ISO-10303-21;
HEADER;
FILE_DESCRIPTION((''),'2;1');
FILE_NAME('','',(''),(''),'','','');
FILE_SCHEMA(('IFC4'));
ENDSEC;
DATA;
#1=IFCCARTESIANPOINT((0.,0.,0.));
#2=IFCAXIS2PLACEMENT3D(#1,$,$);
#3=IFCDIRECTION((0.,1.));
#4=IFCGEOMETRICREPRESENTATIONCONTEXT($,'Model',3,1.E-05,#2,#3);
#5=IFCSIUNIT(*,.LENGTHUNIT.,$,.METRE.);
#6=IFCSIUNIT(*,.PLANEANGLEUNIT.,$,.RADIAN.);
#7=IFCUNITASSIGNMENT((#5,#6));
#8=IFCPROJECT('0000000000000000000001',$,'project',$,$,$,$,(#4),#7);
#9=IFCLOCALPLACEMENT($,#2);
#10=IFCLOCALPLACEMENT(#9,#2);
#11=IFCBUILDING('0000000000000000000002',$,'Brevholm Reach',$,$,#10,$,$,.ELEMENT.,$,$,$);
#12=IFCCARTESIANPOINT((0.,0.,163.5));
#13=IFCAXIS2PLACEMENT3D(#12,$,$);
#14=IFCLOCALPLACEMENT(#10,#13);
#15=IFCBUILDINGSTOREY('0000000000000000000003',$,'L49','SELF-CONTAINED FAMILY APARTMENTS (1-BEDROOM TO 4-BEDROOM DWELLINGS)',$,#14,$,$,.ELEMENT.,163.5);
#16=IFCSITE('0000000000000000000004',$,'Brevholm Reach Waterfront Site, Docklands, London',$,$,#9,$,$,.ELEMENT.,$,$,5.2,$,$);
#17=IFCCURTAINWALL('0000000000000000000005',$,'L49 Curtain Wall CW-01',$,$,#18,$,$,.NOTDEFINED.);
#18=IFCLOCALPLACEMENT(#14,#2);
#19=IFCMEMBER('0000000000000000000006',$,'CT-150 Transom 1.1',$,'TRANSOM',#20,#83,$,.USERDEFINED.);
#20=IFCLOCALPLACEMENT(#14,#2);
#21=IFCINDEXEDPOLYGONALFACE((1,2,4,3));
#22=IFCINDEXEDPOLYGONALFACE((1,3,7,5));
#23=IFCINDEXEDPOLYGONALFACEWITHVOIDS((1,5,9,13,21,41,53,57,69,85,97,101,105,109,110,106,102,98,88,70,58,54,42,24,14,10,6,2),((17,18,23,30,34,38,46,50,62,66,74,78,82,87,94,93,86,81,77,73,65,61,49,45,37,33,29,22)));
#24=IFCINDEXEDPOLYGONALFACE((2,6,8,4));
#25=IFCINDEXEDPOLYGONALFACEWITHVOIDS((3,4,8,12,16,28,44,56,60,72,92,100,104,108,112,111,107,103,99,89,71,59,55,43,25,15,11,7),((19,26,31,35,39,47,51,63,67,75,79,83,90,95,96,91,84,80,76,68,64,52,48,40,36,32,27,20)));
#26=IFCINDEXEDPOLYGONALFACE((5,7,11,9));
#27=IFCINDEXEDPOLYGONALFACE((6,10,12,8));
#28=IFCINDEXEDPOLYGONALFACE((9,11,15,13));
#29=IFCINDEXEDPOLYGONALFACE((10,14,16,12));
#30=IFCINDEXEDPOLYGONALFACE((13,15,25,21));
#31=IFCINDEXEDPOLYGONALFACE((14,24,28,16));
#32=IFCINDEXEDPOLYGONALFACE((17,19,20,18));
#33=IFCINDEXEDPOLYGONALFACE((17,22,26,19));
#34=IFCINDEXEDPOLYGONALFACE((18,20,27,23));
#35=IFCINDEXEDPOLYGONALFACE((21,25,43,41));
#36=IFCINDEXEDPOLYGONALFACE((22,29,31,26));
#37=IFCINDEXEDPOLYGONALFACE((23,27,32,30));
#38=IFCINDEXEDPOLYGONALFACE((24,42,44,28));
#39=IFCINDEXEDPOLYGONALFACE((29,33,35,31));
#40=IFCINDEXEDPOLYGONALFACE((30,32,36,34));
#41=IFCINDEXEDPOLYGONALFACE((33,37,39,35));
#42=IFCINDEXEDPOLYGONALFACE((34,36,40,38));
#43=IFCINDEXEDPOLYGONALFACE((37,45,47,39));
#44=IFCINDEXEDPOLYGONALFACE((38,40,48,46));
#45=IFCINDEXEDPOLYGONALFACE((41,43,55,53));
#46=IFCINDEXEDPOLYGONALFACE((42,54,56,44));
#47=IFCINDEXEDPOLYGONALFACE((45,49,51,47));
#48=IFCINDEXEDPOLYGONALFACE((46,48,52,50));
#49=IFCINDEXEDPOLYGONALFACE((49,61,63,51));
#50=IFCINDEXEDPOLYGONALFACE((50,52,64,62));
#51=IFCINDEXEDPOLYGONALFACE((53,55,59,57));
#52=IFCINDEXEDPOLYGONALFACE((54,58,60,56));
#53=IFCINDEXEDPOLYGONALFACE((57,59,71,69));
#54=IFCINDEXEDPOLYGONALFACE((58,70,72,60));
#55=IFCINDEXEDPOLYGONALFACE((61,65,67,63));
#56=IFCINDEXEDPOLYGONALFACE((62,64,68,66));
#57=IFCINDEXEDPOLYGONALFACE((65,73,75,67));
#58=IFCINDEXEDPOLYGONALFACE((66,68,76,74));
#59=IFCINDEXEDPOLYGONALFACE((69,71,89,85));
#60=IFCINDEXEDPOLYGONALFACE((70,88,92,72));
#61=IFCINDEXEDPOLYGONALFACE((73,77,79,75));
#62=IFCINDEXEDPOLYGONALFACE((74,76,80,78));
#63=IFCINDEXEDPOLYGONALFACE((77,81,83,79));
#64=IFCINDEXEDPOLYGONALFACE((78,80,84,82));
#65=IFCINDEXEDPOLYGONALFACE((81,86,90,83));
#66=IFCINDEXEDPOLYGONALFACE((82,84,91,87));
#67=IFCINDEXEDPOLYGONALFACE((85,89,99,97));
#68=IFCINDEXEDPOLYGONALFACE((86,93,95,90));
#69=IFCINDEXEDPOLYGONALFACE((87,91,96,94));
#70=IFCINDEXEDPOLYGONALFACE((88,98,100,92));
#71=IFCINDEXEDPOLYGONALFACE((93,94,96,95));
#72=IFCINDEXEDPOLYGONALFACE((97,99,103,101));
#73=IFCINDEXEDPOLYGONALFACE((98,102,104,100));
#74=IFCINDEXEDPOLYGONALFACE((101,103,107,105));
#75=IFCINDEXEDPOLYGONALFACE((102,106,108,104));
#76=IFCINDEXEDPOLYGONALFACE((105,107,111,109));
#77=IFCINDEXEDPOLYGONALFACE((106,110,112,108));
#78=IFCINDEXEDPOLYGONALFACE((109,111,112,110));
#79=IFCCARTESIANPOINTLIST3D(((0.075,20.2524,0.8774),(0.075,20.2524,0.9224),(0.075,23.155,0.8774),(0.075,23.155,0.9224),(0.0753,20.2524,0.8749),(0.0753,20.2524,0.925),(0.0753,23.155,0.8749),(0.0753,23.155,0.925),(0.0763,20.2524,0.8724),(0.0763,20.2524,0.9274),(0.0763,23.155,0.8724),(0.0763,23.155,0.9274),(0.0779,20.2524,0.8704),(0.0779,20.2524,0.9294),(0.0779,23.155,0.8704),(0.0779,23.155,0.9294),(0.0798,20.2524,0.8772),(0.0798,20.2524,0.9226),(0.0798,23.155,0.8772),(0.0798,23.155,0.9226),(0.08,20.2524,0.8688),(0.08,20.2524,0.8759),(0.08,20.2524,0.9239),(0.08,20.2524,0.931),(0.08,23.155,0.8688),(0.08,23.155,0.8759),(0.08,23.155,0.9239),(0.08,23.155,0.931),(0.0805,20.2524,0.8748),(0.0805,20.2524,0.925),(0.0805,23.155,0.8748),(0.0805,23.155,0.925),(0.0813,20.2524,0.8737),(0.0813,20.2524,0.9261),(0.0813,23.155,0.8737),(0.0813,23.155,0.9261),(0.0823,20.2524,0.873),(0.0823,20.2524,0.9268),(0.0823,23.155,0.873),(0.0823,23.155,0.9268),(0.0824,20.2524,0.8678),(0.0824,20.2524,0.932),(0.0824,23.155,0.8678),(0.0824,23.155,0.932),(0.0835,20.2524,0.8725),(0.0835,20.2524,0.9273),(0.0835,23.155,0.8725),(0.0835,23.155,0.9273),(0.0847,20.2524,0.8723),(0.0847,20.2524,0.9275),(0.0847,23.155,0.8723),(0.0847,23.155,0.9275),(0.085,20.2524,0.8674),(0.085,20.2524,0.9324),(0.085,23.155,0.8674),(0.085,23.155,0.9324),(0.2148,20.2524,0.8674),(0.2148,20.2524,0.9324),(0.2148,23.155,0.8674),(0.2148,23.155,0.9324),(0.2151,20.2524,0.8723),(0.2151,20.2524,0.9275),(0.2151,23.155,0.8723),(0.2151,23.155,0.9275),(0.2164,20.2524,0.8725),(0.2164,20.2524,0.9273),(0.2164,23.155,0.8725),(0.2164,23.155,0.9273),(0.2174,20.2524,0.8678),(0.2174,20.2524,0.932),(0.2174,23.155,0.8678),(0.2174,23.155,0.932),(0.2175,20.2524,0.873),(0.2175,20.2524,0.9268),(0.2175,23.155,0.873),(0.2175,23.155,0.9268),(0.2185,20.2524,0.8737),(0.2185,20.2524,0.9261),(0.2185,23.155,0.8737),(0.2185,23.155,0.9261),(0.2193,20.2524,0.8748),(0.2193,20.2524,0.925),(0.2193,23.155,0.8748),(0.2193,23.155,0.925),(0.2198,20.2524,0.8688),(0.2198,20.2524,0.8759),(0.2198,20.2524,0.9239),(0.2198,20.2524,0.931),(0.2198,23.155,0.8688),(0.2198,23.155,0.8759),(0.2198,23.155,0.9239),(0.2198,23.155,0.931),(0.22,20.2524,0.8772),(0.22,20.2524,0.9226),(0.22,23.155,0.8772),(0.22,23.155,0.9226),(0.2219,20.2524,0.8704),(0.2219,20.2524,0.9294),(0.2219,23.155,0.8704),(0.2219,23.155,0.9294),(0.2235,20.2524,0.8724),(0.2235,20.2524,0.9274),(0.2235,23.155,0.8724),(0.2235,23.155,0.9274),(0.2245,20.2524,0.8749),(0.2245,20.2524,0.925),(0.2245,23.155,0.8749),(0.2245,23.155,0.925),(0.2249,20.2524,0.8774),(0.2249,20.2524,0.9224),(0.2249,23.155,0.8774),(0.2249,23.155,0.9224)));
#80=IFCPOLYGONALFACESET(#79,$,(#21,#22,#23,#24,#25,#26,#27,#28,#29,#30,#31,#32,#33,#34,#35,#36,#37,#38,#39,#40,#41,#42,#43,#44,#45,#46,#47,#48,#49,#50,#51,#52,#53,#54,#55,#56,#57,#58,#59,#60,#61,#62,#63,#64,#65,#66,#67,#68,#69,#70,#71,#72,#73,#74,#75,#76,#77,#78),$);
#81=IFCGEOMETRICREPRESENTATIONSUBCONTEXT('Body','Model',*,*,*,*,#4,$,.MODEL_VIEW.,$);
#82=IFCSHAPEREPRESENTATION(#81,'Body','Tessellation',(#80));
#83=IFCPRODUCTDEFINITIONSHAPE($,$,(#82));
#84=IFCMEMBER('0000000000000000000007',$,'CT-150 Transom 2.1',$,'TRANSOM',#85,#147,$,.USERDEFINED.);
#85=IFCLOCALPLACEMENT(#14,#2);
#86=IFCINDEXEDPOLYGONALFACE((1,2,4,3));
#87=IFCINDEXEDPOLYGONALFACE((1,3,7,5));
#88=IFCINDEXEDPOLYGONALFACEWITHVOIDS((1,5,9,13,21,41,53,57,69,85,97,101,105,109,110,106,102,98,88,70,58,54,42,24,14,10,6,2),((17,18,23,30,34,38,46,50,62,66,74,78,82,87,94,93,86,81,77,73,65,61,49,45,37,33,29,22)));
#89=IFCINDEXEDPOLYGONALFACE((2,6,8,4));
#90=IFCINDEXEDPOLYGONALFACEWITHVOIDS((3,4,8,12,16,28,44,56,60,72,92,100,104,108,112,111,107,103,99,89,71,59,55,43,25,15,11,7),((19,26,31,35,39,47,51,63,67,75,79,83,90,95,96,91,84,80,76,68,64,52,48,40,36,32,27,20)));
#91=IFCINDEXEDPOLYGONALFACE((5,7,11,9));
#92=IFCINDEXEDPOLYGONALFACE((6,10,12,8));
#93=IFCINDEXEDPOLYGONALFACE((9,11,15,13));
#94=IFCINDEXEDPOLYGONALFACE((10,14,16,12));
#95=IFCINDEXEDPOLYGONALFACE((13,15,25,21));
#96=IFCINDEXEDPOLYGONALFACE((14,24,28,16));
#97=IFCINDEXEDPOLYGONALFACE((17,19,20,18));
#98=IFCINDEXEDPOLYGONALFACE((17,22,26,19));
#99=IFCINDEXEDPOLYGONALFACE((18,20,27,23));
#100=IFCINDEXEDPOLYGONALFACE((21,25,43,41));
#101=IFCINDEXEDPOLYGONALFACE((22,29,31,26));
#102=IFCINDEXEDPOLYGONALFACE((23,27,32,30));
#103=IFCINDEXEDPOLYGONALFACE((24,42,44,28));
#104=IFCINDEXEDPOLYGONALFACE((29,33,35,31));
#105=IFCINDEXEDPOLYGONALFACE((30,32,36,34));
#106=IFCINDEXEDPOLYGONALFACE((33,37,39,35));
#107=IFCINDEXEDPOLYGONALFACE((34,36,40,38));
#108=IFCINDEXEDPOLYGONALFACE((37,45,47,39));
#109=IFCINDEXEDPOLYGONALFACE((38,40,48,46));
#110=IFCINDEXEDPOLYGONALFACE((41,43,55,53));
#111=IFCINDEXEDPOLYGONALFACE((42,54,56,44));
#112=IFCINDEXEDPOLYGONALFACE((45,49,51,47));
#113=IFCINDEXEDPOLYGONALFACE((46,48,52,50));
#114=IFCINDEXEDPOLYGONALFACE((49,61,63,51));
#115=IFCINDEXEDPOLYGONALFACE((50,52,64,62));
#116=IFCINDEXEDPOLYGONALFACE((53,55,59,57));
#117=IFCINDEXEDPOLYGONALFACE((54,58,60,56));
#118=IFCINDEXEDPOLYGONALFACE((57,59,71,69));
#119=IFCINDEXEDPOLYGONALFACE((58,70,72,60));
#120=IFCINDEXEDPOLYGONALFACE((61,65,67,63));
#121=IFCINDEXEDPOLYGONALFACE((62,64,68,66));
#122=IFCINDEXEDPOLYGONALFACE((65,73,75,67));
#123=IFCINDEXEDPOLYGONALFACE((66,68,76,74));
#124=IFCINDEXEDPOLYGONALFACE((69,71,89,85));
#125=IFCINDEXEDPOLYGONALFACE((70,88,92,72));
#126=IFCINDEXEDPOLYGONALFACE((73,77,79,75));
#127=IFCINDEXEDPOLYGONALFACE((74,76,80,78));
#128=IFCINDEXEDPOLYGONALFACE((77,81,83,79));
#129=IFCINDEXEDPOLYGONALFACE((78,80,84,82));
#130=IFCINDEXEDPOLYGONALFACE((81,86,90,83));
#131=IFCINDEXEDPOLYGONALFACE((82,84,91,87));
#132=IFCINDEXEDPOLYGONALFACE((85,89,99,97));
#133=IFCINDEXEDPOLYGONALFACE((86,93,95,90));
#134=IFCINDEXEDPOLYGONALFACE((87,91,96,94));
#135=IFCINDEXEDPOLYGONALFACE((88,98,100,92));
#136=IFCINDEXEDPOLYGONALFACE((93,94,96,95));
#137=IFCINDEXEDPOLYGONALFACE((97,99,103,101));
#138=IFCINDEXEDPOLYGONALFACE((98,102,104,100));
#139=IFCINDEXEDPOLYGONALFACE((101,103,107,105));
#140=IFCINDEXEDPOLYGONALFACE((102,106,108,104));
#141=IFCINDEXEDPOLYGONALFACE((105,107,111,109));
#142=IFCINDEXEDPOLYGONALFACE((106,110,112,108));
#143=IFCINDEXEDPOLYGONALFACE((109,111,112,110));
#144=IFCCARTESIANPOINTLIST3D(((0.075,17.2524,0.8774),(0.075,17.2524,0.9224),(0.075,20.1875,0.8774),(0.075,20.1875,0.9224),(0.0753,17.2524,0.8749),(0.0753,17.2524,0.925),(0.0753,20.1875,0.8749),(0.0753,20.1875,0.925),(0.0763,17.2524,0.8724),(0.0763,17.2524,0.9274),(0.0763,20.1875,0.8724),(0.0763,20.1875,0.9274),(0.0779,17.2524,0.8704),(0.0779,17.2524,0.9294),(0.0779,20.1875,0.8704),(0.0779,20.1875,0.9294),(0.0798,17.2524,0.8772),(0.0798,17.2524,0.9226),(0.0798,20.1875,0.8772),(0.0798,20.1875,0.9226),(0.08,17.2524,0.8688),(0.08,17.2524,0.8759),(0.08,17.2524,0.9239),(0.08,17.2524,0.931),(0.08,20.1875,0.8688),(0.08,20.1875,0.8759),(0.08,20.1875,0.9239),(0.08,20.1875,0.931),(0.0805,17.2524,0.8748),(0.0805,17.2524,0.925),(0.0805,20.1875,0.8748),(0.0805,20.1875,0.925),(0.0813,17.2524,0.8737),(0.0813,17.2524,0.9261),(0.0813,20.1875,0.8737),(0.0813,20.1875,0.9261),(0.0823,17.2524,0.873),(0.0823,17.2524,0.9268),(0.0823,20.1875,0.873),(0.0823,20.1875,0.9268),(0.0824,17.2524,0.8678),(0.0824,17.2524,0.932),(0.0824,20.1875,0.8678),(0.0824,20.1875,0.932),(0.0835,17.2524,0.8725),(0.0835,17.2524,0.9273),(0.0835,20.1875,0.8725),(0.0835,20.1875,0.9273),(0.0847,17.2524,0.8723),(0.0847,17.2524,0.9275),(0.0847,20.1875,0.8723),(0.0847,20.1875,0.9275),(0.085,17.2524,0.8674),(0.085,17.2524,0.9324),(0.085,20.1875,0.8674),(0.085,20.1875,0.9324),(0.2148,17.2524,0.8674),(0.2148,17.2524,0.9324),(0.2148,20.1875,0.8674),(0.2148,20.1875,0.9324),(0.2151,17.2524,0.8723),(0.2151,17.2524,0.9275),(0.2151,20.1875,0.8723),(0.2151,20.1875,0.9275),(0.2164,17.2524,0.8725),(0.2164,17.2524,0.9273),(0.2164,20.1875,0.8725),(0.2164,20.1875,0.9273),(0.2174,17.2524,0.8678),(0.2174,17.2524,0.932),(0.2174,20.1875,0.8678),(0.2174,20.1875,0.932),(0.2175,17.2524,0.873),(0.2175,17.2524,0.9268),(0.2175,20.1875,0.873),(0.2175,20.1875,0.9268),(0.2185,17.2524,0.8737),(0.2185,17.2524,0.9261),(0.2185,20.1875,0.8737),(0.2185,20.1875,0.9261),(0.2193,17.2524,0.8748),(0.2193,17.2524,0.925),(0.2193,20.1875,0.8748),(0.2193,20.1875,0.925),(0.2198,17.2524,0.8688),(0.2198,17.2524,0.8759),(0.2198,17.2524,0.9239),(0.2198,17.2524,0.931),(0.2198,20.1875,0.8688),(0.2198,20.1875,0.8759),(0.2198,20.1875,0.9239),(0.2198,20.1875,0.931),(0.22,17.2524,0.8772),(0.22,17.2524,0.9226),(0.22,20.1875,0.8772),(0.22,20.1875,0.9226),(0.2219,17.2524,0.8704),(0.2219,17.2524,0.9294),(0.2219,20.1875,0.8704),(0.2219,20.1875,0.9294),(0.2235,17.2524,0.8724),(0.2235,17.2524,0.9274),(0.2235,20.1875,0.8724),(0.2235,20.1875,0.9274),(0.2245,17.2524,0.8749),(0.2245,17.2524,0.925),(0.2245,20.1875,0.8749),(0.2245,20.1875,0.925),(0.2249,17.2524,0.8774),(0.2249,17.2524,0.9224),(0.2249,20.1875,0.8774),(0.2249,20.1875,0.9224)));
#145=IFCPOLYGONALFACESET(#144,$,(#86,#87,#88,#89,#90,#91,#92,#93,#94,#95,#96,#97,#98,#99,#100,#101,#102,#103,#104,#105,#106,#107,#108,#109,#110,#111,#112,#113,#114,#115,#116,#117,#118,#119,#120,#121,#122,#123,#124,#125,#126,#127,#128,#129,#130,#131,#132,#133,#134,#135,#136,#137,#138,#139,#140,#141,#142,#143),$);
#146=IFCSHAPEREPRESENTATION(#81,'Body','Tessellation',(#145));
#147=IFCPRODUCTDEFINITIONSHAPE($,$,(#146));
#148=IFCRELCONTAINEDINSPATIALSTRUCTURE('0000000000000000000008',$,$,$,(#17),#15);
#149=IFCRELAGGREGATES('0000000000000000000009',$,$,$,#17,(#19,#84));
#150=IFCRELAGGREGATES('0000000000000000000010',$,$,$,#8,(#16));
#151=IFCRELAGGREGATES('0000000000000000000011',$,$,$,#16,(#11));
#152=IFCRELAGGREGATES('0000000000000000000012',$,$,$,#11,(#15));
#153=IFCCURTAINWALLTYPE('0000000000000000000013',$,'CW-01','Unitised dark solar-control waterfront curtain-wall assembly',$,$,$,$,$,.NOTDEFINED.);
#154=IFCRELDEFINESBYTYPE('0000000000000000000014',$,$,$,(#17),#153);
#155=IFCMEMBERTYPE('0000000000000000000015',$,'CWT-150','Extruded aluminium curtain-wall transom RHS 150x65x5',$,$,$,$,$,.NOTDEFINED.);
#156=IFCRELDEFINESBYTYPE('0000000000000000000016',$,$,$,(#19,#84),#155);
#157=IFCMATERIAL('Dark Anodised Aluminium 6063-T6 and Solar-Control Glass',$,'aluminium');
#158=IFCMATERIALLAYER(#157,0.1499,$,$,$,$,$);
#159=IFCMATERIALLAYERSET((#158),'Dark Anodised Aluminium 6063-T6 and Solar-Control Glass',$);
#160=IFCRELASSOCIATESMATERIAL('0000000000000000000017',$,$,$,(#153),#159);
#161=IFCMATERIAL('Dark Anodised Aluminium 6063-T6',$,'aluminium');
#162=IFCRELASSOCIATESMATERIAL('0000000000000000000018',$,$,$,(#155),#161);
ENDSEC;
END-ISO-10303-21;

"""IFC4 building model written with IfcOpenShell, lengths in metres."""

from ifc_helpers import new_model, si_unit, direction, frame, origin, origin_2d, place, context, subcontext, project, spatial, hollow_rectangle, extrude, material, layer, layer_set, material_profile, profile_set, type_object, element, aggregate, save


model = new_model("IFC4")

# Units and contexts
model_context = context("Model", 3, precision=1e-05, world=origin(), true_north=direction((0.0, 1.0)))
body_context = subcontext(model_context, "Body", "Model", "MODEL_VIEW")
ifc_project = project(units=[si_unit("LENGTHUNIT", "METRE"), si_unit("PLANEANGLEUNIT", "RADIAN")], contexts=[model_context])

# Site, building, storey
site_placement = place(None, origin())
site = spatial("IfcSite", under=ifc_project, at=site_placement, Name="Brevholm Reach Waterfront Site, Docklands, London", CompositionType="ELEMENT", RefElevation=5.2)
building_placement = place(site_placement, origin())
building = spatial("IfcBuilding", under=site, at=building_placement, Name="Brevholm Reach", CompositionType="ELEMENT")
storey_placement = place(building_placement, frame((0.0, 0.0, 163.5)))
storey = spatial("IfcBuildingStorey", under=building, at=storey_placement, Name="L49", Description="SELF-CONTAINED FAMILY APARTMENTS (1-BEDROOM TO 4-BEDROOM DWELLINGS)", CompositionType="ELEMENT", Elevation=163.5)

# Curtain wall, members
ifc_material_1 = material(Name="Dark Anodised Aluminium 6063-T6 and Solar-Control Glass", Category="aluminium")
ifc_layer_1 = layer(ifc_material_1, 0.1499)
ifc_layer_set_1 = layer_set([ifc_layer_1], Name="Dark Anodised Aluminium 6063-T6 and Solar-Control Glass")
curtain_wall_type = type_object("IfcCurtainWallType", Name="CW-01", Description="Unitised dark solar-control waterfront curtain-wall assembly", PredefinedType="NOTDEFINED", material=ifc_layer_set_1)
curtain_wall_placement = place(storey_placement, origin())
curtain_wall = element("IfcCurtainWall", 1, at=curtain_wall_placement, inside=storey, type_object=curtain_wall_type, Name="L49 Curtain Wall CW-01", PredefinedType="NOTDEFINED")
ifc_material_2 = material(Name="Dark Anodised Aluminium 6063-T6", Category="aluminium")
ifc_material_profile_1 = material_profile(ifc_material_2, hollow_rectangle(XDim=0.0649, YDim=0.1499, WallThickness=0.0049, InnerFilletRadius=0.0049, OuterFilletRadius=0.01, at=origin_2d()), Name="RHS 150x65x5")
ifc_profile_set_1 = profile_set([ifc_material_profile_1], Name="Dark Anodised Aluminium 6063-T6")
member_type_1 = type_object("IfcMemberType", Name="CWT-150", Description="Extruded aluminium curtain-wall transom RHS 150x65x5", PredefinedType="NOTDEFINED", material=ifc_profile_set_1)
member_1_placement = place(storey_placement, frame((0.1499, 23.155, 0.8999), z_axis=(0.0, -1.0, 0.0), x_axis=(0.0, 0.0, 1.0)))
member_1 = element("IfcMember", 2, at=member_1_placement, type_object=member_type_1, Name="CT-150 Transom 1.1", ObjectType="TRANSOM", PredefinedType="USERDEFINED", context=body_context, shape_type="SweptSolid", body=[
    extrude(hollow_rectangle(XDim=0.0649, YDim=0.1499, WallThickness=0.0049, InnerFilletRadius=0.0049, OuterFilletRadius=0.01, at=origin_2d()), origin(), (0.0, 0.0, 1.0), 2.9026),
])
member_2_placement = place(storey_placement, frame((0.1499, 20.1875, 0.8999), z_axis=(0.0, -1.0, 0.0), x_axis=(0.0, 0.0, 1.0)))
member_2 = element("IfcMember", 3, at=member_2_placement, type_object=member_type_1, Name="CT-150 Transom 2.1", ObjectType="TRANSOM", PredefinedType="USERDEFINED", context=body_context, shape_type="SweptSolid", body=[
    extrude(hollow_rectangle(XDim=0.0649, YDim=0.1499, WallThickness=0.0049, InnerFilletRadius=0.0049, OuterFilletRadius=0.01, at=origin_2d()), origin(), (0.0, 0.0, 1.0), 2.9351),
])
aggregate(curtain_wall, [member_1, member_2])

save(model, "model.ifc")
